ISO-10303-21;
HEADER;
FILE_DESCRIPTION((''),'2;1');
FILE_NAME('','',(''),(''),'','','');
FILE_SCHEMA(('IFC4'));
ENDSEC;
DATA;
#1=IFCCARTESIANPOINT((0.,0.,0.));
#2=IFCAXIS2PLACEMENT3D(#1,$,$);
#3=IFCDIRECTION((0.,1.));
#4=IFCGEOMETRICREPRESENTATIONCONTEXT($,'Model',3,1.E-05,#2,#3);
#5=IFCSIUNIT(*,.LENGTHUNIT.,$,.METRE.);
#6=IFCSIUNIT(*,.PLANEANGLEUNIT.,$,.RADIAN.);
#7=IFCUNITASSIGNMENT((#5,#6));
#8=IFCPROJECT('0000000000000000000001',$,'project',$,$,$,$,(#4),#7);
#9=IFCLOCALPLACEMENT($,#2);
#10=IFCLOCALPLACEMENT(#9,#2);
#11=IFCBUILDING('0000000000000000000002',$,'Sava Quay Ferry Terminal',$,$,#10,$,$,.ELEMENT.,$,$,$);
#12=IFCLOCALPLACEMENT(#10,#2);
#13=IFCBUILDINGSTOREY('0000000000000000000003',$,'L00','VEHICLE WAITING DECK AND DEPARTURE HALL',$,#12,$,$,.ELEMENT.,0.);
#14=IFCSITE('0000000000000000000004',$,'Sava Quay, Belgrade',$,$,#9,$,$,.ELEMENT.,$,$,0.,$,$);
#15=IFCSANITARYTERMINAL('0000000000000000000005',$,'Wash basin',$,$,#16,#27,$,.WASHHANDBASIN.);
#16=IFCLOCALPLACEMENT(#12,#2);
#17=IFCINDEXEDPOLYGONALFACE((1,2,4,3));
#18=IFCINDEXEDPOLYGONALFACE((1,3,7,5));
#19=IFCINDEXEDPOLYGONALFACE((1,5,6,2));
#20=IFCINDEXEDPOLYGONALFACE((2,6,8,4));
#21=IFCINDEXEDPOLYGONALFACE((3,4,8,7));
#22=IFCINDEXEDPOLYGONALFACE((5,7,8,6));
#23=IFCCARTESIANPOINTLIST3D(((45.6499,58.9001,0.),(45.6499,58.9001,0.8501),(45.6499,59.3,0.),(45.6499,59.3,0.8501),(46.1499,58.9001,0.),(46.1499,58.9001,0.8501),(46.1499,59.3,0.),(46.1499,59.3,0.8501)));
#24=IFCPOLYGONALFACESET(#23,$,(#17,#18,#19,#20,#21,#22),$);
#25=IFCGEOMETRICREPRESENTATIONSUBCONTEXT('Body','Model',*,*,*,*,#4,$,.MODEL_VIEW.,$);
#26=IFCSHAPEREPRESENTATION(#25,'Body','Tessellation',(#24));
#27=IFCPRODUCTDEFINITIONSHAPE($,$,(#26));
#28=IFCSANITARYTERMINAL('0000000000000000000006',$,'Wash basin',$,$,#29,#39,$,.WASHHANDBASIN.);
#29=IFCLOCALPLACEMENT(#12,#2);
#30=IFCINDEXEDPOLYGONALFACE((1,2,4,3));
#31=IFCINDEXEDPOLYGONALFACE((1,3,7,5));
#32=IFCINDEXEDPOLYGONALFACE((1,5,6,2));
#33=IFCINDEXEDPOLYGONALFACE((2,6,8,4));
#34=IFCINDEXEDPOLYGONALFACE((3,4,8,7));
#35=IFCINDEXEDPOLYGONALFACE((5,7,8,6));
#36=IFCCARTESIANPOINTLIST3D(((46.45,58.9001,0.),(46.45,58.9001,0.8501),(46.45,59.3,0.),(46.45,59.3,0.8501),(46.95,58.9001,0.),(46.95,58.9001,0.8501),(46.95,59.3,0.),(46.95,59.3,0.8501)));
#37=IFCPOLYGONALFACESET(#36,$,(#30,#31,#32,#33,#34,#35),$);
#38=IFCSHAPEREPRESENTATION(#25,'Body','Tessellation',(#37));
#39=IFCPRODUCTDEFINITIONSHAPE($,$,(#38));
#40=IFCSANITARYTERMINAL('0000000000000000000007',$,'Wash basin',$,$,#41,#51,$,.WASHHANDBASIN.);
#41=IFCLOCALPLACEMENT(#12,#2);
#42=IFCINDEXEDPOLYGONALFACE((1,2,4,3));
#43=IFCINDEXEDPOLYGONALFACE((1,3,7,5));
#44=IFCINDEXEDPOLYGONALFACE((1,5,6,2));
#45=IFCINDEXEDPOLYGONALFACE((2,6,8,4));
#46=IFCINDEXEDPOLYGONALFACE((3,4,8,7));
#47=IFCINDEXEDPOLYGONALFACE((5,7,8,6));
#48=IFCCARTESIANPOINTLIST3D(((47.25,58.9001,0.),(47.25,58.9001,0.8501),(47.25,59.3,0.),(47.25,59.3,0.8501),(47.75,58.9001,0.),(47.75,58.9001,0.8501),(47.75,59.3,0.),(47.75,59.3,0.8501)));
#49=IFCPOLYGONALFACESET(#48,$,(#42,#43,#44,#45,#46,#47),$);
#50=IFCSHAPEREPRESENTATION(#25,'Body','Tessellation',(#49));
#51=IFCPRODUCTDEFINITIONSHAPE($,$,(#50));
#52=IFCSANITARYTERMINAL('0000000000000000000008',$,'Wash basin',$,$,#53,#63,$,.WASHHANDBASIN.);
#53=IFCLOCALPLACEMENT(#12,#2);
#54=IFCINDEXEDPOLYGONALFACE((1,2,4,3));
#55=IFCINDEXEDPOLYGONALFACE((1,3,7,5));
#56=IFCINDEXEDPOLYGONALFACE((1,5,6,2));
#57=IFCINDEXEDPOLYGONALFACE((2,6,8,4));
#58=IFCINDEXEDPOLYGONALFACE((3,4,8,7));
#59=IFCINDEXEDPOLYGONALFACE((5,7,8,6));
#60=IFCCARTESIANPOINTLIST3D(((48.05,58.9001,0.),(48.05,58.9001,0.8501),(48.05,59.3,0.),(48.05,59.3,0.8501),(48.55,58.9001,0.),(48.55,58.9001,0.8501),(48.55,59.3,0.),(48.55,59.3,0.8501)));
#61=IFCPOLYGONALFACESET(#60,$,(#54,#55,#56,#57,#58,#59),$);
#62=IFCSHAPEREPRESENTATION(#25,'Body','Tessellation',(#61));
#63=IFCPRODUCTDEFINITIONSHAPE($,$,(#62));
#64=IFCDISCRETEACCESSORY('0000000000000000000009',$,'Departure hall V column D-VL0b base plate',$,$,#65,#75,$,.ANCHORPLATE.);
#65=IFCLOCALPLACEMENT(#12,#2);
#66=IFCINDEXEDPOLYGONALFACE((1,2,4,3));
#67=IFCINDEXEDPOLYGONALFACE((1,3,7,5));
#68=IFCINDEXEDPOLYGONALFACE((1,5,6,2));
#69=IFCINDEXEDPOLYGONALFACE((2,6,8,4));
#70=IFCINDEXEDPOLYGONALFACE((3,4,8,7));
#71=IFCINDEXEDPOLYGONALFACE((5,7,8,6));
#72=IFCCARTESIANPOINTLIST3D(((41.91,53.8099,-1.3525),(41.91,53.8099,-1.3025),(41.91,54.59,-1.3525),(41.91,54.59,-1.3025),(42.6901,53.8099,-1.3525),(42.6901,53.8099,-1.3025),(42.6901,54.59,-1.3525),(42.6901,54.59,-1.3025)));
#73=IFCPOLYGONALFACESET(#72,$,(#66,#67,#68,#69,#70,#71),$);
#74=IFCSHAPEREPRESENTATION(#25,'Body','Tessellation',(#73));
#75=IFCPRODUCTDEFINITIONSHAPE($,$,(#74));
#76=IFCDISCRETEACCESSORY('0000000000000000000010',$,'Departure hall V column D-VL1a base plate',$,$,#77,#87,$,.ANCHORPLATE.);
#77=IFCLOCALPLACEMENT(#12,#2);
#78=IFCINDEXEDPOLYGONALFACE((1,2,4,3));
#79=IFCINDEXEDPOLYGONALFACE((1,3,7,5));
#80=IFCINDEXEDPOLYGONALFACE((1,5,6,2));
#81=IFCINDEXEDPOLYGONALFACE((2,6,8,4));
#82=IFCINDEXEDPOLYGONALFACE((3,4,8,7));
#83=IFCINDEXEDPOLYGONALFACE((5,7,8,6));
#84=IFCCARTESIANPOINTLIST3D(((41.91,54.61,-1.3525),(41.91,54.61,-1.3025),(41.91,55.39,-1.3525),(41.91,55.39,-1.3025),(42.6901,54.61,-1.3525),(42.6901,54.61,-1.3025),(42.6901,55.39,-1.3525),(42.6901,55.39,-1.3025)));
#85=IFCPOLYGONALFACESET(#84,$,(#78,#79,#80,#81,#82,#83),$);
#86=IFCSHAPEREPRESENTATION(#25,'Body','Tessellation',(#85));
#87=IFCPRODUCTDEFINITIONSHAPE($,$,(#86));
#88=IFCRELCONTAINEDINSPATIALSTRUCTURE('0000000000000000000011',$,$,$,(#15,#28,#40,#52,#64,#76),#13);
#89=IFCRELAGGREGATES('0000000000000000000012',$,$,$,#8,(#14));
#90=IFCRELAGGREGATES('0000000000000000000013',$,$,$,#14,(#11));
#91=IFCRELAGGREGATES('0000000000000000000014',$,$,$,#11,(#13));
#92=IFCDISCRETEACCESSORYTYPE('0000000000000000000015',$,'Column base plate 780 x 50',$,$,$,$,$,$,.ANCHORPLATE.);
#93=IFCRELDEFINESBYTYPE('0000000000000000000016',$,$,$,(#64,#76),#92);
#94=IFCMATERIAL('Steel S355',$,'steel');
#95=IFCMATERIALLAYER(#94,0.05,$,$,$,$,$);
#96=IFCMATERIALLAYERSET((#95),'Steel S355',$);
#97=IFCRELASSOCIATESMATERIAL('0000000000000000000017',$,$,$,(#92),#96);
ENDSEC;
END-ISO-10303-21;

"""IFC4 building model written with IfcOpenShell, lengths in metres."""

from ifc_helpers import new_model, si_unit, direction, frame, origin, origin_2d, place, context, subcontext, project, spatial, rectangle, extrude, material, layer, layer_set, type_object, element, save


model = new_model("IFC4")

# Units and contexts
model_context = context("Model", 3, precision=1e-05, world=origin(), true_north=direction((0.0, 1.0)))
body_context = subcontext(model_context, "Body", "Model", "MODEL_VIEW")
ifc_project = project(units=[si_unit("LENGTHUNIT", "METRE"), si_unit("PLANEANGLEUNIT", "RADIAN")], contexts=[model_context])

# Site, building, storey
site_placement = place(None, origin())
site = spatial("IfcSite", under=ifc_project, at=site_placement, Name="Sava Quay, Belgrade", CompositionType="ELEMENT", RefElevation=0.0)
building_placement = place(site_placement, origin())
building = spatial("IfcBuilding", under=site, at=building_placement, Name="Sava Quay Ferry Terminal", CompositionType="ELEMENT")
storey_placement = place(building_placement, origin())
storey = spatial("IfcBuildingStorey", under=building, at=storey_placement, Name="L00", Description="VEHICLE WAITING DECK AND DEPARTURE HALL", CompositionType="ELEMENT", Elevation=0.0)

# Sanitary terminals
for number, where, z_axis, x_axis, name in (
    (1, (45.8999, 59.1001, 0.0), (0.0, 0.0, 1.0), (1.0, 0.0, 0.0), "Wash basin"),
    (2, (46.7, 59.1001, 0.0), (0.0, 0.0, 1.0), (1.0, 0.0, 0.0), "Wash basin"),
    (3, (47.5, 59.1001, 0.0), (0.0, 0.0, 1.0), (1.0, 0.0, 0.0), "Wash basin"),
    (4, (48.3, 59.1001, 0.0), (0.0, 0.0, 1.0), (1.0, 0.0, 0.0), "Wash basin"),
):
    element("IfcSanitaryTerminal", number, at=place(storey_placement, frame(where, z_axis=z_axis, x_axis=x_axis)), inside=storey, Name=name, PredefinedType="WASHHANDBASIN", context=body_context, shape_type="SweptSolid", body=[
        extrude(rectangle(XDim=0.5, YDim=0.3999, at=origin_2d()), origin(), (0.0, 0.0, 1.0), 0.8501),
    ])

# Discrete accessories
ifc_material_1 = material(Name="Steel S355", Category="steel")
ifc_layer_1 = layer(ifc_material_1, 0.05)
ifc_layer_set_1 = layer_set([ifc_layer_1], Name="Steel S355")
discrete_accessory_type = type_object("IfcDiscreteAccessoryType", Name="Column base plate 780 x 50", PredefinedType="ANCHORPLATE", material=ifc_layer_set_1)
for number, where, z_axis, x_axis, name in (
    (5, (42.3, 54.2, -1.3525), (0.0, 0.0, 1.0), (1.0, 0.0, 0.0), "Departure hall V column D-VL0b base plate"),
    (6, (42.3, 55.0, -1.3525), (0.0, 0.0, 1.0), (1.0, 0.0, 0.0), "Departure hall V column D-VL1a base plate"),
):
    element("IfcDiscreteAccessory", number, at=place(storey_placement, frame(where, z_axis=z_axis, x_axis=x_axis)), inside=storey, type_object=discrete_accessory_type, Name=name, PredefinedType="ANCHORPLATE", context=body_context, shape_type="SweptSolid", body=[
        extrude(rectangle(XDim=0.78, YDim=0.78, at=origin_2d()), origin(), (0.0, 0.0, 1.0), 0.05),
    ])

save(model, "model.ifc")
